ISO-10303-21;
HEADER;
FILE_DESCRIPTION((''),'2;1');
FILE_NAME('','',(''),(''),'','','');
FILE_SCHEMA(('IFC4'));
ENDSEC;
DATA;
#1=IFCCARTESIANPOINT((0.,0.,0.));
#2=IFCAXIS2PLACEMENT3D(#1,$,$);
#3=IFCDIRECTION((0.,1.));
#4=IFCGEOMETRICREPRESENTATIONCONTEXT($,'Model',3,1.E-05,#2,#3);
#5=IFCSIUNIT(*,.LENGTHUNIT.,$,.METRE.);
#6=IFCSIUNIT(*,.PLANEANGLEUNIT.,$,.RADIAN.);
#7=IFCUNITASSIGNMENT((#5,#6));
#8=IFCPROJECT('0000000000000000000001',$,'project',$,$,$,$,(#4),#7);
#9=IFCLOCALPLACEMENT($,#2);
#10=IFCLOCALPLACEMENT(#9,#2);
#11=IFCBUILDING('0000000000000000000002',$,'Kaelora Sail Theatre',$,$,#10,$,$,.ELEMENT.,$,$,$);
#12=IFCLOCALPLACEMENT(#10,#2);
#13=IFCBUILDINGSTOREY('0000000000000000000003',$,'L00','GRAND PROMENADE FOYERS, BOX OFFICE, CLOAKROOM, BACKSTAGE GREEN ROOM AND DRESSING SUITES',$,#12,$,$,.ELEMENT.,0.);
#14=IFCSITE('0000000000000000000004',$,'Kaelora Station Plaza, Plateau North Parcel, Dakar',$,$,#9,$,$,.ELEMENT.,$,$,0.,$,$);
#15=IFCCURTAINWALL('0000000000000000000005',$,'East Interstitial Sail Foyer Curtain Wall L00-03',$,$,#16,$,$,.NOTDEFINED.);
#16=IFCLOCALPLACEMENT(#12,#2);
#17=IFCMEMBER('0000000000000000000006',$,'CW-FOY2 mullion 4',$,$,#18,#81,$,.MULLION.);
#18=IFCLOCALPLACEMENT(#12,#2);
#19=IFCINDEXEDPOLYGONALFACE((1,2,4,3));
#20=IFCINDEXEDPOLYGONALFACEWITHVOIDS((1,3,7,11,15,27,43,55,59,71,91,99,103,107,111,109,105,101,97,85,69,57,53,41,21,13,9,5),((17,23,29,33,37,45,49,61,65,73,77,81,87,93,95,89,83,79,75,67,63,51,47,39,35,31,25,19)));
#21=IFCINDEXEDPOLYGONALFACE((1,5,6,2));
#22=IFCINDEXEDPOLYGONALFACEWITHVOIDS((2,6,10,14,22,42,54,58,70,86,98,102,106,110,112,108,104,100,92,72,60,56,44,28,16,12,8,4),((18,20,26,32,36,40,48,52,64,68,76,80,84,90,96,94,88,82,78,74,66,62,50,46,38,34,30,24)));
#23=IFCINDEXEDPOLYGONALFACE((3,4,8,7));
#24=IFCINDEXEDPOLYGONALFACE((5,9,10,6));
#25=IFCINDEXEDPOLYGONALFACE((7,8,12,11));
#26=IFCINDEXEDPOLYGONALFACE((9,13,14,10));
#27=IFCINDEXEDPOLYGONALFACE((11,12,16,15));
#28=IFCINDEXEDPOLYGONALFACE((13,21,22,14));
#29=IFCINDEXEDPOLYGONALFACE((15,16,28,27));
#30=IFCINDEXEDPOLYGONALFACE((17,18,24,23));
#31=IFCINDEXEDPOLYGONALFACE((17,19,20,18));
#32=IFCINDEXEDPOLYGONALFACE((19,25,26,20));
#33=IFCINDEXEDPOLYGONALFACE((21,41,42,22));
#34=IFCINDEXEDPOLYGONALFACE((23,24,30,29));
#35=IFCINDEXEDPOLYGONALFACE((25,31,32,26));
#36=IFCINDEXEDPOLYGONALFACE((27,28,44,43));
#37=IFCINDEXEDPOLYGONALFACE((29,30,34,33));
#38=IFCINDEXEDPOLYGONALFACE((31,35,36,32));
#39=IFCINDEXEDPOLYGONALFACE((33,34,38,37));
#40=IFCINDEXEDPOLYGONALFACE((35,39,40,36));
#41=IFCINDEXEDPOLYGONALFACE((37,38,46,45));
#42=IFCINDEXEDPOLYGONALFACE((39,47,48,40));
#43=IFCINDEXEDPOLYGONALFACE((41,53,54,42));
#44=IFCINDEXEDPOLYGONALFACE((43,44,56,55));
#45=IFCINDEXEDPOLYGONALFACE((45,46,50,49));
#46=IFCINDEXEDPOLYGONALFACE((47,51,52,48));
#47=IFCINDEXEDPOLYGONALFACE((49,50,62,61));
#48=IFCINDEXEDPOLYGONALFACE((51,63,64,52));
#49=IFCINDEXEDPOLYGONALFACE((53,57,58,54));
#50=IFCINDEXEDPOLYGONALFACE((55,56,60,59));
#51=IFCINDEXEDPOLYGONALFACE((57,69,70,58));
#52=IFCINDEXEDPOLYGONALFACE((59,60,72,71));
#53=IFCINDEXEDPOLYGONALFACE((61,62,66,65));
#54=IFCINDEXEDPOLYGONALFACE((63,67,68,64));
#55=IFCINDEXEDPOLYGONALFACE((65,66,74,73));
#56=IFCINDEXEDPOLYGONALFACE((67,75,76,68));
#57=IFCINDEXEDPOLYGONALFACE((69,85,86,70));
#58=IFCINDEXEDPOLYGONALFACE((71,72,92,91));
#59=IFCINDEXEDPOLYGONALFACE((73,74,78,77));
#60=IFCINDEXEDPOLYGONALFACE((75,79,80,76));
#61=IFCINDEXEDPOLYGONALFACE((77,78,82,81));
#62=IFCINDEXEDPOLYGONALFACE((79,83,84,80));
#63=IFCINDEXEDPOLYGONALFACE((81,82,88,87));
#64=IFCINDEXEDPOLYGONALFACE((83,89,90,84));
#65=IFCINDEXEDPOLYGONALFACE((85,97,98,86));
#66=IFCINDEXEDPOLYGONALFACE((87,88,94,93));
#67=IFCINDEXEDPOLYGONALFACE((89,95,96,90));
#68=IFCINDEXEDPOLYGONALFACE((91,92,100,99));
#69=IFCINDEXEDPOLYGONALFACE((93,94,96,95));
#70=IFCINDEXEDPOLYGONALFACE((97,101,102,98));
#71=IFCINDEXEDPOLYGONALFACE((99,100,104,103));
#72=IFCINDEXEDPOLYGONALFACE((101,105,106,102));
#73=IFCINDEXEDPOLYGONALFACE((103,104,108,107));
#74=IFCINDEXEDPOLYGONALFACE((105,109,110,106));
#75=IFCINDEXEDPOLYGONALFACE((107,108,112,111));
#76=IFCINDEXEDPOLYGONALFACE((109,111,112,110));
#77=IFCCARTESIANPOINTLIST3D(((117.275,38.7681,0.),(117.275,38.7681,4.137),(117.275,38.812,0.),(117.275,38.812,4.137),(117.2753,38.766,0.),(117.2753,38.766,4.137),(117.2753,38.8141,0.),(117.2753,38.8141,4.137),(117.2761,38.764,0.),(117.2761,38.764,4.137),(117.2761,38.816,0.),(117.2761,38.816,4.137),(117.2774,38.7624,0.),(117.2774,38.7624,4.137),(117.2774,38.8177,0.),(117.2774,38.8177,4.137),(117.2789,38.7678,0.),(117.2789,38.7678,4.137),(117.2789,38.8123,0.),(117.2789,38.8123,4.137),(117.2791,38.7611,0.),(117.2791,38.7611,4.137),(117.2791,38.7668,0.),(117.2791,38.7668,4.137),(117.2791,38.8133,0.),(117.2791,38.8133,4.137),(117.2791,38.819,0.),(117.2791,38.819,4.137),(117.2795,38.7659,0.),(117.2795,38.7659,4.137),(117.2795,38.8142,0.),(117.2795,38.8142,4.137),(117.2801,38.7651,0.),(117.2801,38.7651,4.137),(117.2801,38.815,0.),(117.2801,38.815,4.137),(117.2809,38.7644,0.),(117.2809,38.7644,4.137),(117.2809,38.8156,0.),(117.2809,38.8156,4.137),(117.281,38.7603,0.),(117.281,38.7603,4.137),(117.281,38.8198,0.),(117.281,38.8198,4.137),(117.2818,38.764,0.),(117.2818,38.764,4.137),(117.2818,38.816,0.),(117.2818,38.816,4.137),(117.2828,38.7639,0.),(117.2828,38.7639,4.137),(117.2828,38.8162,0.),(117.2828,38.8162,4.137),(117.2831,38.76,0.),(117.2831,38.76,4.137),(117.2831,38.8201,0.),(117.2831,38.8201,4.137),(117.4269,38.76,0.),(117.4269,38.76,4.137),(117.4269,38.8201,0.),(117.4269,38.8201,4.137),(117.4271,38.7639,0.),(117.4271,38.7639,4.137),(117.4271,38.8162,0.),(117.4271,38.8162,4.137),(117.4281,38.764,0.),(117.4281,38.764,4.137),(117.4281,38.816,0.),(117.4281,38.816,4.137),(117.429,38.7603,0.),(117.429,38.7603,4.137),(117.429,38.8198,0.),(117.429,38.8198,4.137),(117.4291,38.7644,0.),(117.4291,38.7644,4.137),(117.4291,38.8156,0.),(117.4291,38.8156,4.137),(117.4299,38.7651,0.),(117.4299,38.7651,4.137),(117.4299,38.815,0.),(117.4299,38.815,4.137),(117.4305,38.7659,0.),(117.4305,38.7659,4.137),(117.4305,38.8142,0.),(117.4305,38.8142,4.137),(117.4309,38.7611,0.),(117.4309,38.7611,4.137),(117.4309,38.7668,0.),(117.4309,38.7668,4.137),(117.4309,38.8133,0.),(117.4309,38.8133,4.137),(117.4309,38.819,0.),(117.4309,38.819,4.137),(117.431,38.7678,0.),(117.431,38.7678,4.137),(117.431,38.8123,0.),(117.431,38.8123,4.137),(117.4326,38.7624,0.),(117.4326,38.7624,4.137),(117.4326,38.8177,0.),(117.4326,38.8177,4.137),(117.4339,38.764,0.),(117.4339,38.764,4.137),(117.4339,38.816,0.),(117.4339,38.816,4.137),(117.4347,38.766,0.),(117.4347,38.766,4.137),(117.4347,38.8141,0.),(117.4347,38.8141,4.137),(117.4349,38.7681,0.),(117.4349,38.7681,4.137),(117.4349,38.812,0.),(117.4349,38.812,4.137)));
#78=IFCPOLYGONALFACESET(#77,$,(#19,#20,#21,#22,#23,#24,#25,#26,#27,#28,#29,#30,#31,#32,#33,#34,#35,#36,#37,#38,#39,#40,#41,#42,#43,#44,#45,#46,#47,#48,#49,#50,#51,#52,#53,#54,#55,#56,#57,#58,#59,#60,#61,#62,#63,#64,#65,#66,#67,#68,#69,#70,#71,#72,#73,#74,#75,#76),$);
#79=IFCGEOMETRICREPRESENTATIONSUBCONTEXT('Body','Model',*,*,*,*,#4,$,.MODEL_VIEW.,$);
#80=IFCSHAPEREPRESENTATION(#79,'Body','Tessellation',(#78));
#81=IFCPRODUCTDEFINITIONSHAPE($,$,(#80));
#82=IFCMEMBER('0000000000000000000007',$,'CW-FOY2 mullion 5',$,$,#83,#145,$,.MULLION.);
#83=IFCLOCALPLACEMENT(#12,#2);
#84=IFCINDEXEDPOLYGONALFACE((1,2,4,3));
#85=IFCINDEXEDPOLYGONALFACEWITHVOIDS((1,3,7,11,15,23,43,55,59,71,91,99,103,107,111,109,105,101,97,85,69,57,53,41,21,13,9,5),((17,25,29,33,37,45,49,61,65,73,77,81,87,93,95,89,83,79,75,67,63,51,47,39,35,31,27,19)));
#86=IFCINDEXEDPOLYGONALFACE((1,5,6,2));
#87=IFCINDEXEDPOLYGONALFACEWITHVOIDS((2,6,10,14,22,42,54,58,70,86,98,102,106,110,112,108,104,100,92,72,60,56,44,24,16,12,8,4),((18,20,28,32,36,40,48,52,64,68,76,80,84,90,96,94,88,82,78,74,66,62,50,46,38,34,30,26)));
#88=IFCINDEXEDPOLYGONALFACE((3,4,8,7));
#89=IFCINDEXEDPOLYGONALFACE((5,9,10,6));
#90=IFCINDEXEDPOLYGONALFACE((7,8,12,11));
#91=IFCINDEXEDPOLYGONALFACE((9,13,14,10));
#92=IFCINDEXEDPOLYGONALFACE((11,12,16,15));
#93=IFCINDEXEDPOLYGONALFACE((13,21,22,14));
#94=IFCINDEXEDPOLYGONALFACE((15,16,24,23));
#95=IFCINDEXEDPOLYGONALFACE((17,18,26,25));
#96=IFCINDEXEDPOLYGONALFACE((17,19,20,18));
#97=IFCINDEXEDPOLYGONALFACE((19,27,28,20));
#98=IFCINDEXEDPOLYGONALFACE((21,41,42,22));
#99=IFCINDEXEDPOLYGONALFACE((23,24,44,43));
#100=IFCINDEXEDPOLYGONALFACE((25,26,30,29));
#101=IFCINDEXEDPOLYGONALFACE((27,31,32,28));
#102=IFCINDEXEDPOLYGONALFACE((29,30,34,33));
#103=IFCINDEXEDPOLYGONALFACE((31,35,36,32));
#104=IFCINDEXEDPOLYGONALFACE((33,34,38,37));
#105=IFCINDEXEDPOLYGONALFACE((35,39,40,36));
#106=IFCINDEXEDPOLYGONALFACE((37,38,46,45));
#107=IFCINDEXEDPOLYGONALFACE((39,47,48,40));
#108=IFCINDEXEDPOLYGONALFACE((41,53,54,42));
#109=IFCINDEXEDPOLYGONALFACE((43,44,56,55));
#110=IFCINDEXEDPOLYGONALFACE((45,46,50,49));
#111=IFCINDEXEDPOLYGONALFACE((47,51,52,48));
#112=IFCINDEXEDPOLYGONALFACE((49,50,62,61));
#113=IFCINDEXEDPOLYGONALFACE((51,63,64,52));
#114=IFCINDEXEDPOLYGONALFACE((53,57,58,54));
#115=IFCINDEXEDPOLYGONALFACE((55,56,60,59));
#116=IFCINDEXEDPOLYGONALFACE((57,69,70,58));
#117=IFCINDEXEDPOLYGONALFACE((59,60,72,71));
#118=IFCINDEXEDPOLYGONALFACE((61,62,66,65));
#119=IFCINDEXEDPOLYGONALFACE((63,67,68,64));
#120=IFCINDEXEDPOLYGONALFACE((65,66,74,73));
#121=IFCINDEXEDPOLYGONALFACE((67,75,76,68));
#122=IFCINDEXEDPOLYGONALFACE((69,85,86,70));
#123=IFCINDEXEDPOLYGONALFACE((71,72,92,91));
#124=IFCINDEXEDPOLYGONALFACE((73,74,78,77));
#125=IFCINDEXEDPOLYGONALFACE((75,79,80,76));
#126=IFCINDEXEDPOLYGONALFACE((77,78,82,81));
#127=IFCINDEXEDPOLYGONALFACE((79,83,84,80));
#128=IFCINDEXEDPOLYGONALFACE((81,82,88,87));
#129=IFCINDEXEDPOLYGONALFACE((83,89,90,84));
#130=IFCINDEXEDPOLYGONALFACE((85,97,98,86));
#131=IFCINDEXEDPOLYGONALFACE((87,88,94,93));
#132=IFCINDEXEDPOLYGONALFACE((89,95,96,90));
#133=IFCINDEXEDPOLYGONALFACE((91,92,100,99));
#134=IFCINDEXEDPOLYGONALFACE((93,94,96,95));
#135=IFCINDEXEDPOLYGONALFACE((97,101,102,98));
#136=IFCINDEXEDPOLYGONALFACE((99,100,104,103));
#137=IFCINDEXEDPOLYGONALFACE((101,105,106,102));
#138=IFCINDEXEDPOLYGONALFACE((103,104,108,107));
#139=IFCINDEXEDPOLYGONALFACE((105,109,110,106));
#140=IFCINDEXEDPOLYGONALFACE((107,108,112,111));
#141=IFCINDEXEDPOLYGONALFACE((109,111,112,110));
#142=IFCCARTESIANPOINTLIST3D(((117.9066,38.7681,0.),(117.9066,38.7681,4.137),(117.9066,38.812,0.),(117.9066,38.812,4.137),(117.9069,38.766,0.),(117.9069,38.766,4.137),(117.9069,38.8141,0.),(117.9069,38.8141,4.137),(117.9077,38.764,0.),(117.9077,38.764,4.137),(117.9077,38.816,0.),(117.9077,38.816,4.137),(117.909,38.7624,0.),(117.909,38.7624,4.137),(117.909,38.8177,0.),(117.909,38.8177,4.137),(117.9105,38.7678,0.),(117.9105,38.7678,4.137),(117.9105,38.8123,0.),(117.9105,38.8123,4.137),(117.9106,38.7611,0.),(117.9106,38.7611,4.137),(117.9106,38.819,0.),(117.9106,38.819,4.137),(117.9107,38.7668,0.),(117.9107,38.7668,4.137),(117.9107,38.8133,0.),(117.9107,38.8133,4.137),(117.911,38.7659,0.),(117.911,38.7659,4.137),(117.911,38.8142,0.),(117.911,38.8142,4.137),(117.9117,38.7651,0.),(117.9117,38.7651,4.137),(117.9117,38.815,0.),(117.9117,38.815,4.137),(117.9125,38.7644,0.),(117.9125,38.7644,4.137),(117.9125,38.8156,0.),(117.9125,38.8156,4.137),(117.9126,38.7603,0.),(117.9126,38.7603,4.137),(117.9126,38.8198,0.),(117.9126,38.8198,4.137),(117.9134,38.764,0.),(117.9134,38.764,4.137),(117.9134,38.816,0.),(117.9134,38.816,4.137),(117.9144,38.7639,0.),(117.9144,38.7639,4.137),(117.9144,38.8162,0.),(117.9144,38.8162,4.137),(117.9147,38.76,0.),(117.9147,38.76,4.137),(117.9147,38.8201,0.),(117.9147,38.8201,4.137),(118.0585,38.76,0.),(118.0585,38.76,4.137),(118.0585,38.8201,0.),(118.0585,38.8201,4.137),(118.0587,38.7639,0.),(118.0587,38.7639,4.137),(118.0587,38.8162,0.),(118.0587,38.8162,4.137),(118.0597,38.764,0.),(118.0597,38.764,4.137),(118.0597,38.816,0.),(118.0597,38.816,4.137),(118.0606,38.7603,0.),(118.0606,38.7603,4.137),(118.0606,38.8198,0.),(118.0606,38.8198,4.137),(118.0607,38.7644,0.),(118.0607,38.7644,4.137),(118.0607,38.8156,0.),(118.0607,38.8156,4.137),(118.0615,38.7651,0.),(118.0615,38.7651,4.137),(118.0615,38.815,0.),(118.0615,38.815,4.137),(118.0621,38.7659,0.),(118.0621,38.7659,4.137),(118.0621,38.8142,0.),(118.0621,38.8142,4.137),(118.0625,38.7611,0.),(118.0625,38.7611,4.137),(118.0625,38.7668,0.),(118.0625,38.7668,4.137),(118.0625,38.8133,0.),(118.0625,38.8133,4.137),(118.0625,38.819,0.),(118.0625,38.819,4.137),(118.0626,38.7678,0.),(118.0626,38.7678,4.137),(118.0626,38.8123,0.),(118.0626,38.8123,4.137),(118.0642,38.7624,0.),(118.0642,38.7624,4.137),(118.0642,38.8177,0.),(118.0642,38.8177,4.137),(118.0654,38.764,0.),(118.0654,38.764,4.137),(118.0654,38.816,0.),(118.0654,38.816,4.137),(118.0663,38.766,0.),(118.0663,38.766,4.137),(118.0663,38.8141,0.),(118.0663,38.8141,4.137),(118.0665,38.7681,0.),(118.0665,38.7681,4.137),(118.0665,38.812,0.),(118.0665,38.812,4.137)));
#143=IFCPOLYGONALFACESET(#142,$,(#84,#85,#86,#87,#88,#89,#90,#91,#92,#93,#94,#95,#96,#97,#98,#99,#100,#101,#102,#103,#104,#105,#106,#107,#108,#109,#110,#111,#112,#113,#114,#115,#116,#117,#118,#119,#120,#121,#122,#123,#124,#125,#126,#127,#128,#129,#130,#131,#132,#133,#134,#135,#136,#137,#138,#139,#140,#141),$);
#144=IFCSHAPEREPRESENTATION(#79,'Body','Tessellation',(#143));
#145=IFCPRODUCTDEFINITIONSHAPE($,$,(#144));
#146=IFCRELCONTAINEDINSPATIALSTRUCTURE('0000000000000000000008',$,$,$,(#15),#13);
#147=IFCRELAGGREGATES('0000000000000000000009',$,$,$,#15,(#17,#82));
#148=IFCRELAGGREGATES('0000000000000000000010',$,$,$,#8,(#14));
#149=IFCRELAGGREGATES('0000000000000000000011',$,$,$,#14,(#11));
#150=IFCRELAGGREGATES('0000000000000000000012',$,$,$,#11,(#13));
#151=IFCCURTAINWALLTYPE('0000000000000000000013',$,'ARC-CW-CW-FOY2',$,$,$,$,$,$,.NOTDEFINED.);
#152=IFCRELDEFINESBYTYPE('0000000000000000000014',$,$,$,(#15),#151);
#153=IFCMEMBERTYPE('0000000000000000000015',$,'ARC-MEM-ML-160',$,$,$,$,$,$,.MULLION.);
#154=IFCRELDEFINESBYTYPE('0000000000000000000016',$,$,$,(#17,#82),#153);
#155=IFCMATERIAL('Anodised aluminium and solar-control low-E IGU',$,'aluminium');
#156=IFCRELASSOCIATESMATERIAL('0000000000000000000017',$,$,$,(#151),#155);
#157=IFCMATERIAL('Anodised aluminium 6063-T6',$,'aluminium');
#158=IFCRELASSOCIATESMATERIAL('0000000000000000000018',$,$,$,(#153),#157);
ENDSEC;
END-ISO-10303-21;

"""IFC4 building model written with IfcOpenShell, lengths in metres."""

from ifc_helpers import new_model, si_unit, direction, frame, origin, origin_2d, place, context, subcontext, project, spatial, hollow_rectangle, extrude, material, material_profile, profile_set, type_object, element, aggregate, save


model = new_model("IFC4")

# Units and contexts
model_context = context("Model", 3, precision=1e-05, world=origin(), true_north=direction((0.0, 1.0)))
body_context = subcontext(model_context, "Body", "Model", "MODEL_VIEW")
ifc_project = project(units=[si_unit("LENGTHUNIT", "METRE"), si_unit("PLANEANGLEUNIT", "RADIAN")], contexts=[model_context])

# Site, building, storey
site_placement = place(None, origin())
site = spatial("IfcSite", under=ifc_project, at=site_placement, Name="Kaelora Station Plaza, Plateau North Parcel, Dakar", CompositionType="ELEMENT", RefElevation=0.0)
building_placement = place(site_placement, origin())
building = spatial("IfcBuilding", under=site, at=building_placement, Name="Kaelora Sail Theatre", CompositionType="ELEMENT")
storey_placement = place(building_placement, origin())
storey = spatial("IfcBuildingStorey", under=building, at=storey_placement, Name="L00", Description="GRAND PROMENADE FOYERS, BOX OFFICE, CLOAKROOM, BACKSTAGE GREEN ROOM AND DRESSING SUITES", CompositionType="ELEMENT", Elevation=0.0)

# Curtain wall, members
ifc_material_1 = material(Name="Anodised aluminium and solar-control low-E IGU", Category="aluminium")
curtain_wall_type = type_object("IfcCurtainWallType", Name="ARC-CW-CW-FOY2", PredefinedType="NOTDEFINED", material=ifc_material_1)
curtain_wall_placement = place(storey_placement, origin())
curtain_wall = element("IfcCurtainWall", 1, at=curtain_wall_placement, inside=storey, type_object=curtain_wall_type, Name="East Interstitial Sail Foyer Curtain Wall L00-03", PredefinedType="NOTDEFINED")
ifc_material_2 = material(Name="Anodised aluminium 6063-T6", Category="aluminium")
ifc_material_profile_1 = material_profile(ifc_material_2, hollow_rectangle(XDim=0.0601, YDim=0.1599, WallThickness=0.0039, InnerFilletRadius=0.0039, OuterFilletRadius=0.0081, at=origin_2d()), Name="ALU-MULL 60x160x4")
ifc_profile_set_1 = profile_set([ifc_material_profile_1], Name="Anodised aluminium 6063-T6")
member_type_1 = type_object("IfcMemberType", Name="ARC-MEM-ML-160", PredefinedType="MULLION", material=ifc_profile_set_1)
member_1_placement = place(storey_placement, frame((117.355, 38.79, 0.0), z_axis=(0.0, 0.0, 1.0), x_axis=(0.0, 1.0, 0.0)))
member_1 = element("IfcMember", 2, at=member_1_placement, type_object=member_type_1, Name="CW-FOY2 mullion 4", PredefinedType="MULLION", context=body_context, shape_type="SweptSolid", body=[
    extrude(hollow_rectangle(XDim=0.0601, YDim=0.1599, WallThickness=0.0039, InnerFilletRadius=0.0039, OuterFilletRadius=0.0081, at=origin_2d()), origin(), (0.0, 0.0, 1.0), 4.137),
])
member_2_placement = place(storey_placement, frame((117.9866, 38.79, 0.0), z_axis=(0.0, 0.0, 1.0), x_axis=(0.0, 1.0, 0.0)))
member_2 = element("IfcMember", 3, at=member_2_placement, type_object=member_type_1, Name="CW-FOY2 mullion 5", PredefinedType="MULLION", context=body_context, shape_type="SweptSolid", body=[
    extrude(hollow_rectangle(XDim=0.0601, YDim=0.1599, WallThickness=0.0039, InnerFilletRadius=0.0039, OuterFilletRadius=0.0081, at=origin_2d()), origin(), (0.0, 0.0, 1.0), 4.137),
])
aggregate(curtain_wall, [member_1, member_2])

save(model, "model.ifc")
